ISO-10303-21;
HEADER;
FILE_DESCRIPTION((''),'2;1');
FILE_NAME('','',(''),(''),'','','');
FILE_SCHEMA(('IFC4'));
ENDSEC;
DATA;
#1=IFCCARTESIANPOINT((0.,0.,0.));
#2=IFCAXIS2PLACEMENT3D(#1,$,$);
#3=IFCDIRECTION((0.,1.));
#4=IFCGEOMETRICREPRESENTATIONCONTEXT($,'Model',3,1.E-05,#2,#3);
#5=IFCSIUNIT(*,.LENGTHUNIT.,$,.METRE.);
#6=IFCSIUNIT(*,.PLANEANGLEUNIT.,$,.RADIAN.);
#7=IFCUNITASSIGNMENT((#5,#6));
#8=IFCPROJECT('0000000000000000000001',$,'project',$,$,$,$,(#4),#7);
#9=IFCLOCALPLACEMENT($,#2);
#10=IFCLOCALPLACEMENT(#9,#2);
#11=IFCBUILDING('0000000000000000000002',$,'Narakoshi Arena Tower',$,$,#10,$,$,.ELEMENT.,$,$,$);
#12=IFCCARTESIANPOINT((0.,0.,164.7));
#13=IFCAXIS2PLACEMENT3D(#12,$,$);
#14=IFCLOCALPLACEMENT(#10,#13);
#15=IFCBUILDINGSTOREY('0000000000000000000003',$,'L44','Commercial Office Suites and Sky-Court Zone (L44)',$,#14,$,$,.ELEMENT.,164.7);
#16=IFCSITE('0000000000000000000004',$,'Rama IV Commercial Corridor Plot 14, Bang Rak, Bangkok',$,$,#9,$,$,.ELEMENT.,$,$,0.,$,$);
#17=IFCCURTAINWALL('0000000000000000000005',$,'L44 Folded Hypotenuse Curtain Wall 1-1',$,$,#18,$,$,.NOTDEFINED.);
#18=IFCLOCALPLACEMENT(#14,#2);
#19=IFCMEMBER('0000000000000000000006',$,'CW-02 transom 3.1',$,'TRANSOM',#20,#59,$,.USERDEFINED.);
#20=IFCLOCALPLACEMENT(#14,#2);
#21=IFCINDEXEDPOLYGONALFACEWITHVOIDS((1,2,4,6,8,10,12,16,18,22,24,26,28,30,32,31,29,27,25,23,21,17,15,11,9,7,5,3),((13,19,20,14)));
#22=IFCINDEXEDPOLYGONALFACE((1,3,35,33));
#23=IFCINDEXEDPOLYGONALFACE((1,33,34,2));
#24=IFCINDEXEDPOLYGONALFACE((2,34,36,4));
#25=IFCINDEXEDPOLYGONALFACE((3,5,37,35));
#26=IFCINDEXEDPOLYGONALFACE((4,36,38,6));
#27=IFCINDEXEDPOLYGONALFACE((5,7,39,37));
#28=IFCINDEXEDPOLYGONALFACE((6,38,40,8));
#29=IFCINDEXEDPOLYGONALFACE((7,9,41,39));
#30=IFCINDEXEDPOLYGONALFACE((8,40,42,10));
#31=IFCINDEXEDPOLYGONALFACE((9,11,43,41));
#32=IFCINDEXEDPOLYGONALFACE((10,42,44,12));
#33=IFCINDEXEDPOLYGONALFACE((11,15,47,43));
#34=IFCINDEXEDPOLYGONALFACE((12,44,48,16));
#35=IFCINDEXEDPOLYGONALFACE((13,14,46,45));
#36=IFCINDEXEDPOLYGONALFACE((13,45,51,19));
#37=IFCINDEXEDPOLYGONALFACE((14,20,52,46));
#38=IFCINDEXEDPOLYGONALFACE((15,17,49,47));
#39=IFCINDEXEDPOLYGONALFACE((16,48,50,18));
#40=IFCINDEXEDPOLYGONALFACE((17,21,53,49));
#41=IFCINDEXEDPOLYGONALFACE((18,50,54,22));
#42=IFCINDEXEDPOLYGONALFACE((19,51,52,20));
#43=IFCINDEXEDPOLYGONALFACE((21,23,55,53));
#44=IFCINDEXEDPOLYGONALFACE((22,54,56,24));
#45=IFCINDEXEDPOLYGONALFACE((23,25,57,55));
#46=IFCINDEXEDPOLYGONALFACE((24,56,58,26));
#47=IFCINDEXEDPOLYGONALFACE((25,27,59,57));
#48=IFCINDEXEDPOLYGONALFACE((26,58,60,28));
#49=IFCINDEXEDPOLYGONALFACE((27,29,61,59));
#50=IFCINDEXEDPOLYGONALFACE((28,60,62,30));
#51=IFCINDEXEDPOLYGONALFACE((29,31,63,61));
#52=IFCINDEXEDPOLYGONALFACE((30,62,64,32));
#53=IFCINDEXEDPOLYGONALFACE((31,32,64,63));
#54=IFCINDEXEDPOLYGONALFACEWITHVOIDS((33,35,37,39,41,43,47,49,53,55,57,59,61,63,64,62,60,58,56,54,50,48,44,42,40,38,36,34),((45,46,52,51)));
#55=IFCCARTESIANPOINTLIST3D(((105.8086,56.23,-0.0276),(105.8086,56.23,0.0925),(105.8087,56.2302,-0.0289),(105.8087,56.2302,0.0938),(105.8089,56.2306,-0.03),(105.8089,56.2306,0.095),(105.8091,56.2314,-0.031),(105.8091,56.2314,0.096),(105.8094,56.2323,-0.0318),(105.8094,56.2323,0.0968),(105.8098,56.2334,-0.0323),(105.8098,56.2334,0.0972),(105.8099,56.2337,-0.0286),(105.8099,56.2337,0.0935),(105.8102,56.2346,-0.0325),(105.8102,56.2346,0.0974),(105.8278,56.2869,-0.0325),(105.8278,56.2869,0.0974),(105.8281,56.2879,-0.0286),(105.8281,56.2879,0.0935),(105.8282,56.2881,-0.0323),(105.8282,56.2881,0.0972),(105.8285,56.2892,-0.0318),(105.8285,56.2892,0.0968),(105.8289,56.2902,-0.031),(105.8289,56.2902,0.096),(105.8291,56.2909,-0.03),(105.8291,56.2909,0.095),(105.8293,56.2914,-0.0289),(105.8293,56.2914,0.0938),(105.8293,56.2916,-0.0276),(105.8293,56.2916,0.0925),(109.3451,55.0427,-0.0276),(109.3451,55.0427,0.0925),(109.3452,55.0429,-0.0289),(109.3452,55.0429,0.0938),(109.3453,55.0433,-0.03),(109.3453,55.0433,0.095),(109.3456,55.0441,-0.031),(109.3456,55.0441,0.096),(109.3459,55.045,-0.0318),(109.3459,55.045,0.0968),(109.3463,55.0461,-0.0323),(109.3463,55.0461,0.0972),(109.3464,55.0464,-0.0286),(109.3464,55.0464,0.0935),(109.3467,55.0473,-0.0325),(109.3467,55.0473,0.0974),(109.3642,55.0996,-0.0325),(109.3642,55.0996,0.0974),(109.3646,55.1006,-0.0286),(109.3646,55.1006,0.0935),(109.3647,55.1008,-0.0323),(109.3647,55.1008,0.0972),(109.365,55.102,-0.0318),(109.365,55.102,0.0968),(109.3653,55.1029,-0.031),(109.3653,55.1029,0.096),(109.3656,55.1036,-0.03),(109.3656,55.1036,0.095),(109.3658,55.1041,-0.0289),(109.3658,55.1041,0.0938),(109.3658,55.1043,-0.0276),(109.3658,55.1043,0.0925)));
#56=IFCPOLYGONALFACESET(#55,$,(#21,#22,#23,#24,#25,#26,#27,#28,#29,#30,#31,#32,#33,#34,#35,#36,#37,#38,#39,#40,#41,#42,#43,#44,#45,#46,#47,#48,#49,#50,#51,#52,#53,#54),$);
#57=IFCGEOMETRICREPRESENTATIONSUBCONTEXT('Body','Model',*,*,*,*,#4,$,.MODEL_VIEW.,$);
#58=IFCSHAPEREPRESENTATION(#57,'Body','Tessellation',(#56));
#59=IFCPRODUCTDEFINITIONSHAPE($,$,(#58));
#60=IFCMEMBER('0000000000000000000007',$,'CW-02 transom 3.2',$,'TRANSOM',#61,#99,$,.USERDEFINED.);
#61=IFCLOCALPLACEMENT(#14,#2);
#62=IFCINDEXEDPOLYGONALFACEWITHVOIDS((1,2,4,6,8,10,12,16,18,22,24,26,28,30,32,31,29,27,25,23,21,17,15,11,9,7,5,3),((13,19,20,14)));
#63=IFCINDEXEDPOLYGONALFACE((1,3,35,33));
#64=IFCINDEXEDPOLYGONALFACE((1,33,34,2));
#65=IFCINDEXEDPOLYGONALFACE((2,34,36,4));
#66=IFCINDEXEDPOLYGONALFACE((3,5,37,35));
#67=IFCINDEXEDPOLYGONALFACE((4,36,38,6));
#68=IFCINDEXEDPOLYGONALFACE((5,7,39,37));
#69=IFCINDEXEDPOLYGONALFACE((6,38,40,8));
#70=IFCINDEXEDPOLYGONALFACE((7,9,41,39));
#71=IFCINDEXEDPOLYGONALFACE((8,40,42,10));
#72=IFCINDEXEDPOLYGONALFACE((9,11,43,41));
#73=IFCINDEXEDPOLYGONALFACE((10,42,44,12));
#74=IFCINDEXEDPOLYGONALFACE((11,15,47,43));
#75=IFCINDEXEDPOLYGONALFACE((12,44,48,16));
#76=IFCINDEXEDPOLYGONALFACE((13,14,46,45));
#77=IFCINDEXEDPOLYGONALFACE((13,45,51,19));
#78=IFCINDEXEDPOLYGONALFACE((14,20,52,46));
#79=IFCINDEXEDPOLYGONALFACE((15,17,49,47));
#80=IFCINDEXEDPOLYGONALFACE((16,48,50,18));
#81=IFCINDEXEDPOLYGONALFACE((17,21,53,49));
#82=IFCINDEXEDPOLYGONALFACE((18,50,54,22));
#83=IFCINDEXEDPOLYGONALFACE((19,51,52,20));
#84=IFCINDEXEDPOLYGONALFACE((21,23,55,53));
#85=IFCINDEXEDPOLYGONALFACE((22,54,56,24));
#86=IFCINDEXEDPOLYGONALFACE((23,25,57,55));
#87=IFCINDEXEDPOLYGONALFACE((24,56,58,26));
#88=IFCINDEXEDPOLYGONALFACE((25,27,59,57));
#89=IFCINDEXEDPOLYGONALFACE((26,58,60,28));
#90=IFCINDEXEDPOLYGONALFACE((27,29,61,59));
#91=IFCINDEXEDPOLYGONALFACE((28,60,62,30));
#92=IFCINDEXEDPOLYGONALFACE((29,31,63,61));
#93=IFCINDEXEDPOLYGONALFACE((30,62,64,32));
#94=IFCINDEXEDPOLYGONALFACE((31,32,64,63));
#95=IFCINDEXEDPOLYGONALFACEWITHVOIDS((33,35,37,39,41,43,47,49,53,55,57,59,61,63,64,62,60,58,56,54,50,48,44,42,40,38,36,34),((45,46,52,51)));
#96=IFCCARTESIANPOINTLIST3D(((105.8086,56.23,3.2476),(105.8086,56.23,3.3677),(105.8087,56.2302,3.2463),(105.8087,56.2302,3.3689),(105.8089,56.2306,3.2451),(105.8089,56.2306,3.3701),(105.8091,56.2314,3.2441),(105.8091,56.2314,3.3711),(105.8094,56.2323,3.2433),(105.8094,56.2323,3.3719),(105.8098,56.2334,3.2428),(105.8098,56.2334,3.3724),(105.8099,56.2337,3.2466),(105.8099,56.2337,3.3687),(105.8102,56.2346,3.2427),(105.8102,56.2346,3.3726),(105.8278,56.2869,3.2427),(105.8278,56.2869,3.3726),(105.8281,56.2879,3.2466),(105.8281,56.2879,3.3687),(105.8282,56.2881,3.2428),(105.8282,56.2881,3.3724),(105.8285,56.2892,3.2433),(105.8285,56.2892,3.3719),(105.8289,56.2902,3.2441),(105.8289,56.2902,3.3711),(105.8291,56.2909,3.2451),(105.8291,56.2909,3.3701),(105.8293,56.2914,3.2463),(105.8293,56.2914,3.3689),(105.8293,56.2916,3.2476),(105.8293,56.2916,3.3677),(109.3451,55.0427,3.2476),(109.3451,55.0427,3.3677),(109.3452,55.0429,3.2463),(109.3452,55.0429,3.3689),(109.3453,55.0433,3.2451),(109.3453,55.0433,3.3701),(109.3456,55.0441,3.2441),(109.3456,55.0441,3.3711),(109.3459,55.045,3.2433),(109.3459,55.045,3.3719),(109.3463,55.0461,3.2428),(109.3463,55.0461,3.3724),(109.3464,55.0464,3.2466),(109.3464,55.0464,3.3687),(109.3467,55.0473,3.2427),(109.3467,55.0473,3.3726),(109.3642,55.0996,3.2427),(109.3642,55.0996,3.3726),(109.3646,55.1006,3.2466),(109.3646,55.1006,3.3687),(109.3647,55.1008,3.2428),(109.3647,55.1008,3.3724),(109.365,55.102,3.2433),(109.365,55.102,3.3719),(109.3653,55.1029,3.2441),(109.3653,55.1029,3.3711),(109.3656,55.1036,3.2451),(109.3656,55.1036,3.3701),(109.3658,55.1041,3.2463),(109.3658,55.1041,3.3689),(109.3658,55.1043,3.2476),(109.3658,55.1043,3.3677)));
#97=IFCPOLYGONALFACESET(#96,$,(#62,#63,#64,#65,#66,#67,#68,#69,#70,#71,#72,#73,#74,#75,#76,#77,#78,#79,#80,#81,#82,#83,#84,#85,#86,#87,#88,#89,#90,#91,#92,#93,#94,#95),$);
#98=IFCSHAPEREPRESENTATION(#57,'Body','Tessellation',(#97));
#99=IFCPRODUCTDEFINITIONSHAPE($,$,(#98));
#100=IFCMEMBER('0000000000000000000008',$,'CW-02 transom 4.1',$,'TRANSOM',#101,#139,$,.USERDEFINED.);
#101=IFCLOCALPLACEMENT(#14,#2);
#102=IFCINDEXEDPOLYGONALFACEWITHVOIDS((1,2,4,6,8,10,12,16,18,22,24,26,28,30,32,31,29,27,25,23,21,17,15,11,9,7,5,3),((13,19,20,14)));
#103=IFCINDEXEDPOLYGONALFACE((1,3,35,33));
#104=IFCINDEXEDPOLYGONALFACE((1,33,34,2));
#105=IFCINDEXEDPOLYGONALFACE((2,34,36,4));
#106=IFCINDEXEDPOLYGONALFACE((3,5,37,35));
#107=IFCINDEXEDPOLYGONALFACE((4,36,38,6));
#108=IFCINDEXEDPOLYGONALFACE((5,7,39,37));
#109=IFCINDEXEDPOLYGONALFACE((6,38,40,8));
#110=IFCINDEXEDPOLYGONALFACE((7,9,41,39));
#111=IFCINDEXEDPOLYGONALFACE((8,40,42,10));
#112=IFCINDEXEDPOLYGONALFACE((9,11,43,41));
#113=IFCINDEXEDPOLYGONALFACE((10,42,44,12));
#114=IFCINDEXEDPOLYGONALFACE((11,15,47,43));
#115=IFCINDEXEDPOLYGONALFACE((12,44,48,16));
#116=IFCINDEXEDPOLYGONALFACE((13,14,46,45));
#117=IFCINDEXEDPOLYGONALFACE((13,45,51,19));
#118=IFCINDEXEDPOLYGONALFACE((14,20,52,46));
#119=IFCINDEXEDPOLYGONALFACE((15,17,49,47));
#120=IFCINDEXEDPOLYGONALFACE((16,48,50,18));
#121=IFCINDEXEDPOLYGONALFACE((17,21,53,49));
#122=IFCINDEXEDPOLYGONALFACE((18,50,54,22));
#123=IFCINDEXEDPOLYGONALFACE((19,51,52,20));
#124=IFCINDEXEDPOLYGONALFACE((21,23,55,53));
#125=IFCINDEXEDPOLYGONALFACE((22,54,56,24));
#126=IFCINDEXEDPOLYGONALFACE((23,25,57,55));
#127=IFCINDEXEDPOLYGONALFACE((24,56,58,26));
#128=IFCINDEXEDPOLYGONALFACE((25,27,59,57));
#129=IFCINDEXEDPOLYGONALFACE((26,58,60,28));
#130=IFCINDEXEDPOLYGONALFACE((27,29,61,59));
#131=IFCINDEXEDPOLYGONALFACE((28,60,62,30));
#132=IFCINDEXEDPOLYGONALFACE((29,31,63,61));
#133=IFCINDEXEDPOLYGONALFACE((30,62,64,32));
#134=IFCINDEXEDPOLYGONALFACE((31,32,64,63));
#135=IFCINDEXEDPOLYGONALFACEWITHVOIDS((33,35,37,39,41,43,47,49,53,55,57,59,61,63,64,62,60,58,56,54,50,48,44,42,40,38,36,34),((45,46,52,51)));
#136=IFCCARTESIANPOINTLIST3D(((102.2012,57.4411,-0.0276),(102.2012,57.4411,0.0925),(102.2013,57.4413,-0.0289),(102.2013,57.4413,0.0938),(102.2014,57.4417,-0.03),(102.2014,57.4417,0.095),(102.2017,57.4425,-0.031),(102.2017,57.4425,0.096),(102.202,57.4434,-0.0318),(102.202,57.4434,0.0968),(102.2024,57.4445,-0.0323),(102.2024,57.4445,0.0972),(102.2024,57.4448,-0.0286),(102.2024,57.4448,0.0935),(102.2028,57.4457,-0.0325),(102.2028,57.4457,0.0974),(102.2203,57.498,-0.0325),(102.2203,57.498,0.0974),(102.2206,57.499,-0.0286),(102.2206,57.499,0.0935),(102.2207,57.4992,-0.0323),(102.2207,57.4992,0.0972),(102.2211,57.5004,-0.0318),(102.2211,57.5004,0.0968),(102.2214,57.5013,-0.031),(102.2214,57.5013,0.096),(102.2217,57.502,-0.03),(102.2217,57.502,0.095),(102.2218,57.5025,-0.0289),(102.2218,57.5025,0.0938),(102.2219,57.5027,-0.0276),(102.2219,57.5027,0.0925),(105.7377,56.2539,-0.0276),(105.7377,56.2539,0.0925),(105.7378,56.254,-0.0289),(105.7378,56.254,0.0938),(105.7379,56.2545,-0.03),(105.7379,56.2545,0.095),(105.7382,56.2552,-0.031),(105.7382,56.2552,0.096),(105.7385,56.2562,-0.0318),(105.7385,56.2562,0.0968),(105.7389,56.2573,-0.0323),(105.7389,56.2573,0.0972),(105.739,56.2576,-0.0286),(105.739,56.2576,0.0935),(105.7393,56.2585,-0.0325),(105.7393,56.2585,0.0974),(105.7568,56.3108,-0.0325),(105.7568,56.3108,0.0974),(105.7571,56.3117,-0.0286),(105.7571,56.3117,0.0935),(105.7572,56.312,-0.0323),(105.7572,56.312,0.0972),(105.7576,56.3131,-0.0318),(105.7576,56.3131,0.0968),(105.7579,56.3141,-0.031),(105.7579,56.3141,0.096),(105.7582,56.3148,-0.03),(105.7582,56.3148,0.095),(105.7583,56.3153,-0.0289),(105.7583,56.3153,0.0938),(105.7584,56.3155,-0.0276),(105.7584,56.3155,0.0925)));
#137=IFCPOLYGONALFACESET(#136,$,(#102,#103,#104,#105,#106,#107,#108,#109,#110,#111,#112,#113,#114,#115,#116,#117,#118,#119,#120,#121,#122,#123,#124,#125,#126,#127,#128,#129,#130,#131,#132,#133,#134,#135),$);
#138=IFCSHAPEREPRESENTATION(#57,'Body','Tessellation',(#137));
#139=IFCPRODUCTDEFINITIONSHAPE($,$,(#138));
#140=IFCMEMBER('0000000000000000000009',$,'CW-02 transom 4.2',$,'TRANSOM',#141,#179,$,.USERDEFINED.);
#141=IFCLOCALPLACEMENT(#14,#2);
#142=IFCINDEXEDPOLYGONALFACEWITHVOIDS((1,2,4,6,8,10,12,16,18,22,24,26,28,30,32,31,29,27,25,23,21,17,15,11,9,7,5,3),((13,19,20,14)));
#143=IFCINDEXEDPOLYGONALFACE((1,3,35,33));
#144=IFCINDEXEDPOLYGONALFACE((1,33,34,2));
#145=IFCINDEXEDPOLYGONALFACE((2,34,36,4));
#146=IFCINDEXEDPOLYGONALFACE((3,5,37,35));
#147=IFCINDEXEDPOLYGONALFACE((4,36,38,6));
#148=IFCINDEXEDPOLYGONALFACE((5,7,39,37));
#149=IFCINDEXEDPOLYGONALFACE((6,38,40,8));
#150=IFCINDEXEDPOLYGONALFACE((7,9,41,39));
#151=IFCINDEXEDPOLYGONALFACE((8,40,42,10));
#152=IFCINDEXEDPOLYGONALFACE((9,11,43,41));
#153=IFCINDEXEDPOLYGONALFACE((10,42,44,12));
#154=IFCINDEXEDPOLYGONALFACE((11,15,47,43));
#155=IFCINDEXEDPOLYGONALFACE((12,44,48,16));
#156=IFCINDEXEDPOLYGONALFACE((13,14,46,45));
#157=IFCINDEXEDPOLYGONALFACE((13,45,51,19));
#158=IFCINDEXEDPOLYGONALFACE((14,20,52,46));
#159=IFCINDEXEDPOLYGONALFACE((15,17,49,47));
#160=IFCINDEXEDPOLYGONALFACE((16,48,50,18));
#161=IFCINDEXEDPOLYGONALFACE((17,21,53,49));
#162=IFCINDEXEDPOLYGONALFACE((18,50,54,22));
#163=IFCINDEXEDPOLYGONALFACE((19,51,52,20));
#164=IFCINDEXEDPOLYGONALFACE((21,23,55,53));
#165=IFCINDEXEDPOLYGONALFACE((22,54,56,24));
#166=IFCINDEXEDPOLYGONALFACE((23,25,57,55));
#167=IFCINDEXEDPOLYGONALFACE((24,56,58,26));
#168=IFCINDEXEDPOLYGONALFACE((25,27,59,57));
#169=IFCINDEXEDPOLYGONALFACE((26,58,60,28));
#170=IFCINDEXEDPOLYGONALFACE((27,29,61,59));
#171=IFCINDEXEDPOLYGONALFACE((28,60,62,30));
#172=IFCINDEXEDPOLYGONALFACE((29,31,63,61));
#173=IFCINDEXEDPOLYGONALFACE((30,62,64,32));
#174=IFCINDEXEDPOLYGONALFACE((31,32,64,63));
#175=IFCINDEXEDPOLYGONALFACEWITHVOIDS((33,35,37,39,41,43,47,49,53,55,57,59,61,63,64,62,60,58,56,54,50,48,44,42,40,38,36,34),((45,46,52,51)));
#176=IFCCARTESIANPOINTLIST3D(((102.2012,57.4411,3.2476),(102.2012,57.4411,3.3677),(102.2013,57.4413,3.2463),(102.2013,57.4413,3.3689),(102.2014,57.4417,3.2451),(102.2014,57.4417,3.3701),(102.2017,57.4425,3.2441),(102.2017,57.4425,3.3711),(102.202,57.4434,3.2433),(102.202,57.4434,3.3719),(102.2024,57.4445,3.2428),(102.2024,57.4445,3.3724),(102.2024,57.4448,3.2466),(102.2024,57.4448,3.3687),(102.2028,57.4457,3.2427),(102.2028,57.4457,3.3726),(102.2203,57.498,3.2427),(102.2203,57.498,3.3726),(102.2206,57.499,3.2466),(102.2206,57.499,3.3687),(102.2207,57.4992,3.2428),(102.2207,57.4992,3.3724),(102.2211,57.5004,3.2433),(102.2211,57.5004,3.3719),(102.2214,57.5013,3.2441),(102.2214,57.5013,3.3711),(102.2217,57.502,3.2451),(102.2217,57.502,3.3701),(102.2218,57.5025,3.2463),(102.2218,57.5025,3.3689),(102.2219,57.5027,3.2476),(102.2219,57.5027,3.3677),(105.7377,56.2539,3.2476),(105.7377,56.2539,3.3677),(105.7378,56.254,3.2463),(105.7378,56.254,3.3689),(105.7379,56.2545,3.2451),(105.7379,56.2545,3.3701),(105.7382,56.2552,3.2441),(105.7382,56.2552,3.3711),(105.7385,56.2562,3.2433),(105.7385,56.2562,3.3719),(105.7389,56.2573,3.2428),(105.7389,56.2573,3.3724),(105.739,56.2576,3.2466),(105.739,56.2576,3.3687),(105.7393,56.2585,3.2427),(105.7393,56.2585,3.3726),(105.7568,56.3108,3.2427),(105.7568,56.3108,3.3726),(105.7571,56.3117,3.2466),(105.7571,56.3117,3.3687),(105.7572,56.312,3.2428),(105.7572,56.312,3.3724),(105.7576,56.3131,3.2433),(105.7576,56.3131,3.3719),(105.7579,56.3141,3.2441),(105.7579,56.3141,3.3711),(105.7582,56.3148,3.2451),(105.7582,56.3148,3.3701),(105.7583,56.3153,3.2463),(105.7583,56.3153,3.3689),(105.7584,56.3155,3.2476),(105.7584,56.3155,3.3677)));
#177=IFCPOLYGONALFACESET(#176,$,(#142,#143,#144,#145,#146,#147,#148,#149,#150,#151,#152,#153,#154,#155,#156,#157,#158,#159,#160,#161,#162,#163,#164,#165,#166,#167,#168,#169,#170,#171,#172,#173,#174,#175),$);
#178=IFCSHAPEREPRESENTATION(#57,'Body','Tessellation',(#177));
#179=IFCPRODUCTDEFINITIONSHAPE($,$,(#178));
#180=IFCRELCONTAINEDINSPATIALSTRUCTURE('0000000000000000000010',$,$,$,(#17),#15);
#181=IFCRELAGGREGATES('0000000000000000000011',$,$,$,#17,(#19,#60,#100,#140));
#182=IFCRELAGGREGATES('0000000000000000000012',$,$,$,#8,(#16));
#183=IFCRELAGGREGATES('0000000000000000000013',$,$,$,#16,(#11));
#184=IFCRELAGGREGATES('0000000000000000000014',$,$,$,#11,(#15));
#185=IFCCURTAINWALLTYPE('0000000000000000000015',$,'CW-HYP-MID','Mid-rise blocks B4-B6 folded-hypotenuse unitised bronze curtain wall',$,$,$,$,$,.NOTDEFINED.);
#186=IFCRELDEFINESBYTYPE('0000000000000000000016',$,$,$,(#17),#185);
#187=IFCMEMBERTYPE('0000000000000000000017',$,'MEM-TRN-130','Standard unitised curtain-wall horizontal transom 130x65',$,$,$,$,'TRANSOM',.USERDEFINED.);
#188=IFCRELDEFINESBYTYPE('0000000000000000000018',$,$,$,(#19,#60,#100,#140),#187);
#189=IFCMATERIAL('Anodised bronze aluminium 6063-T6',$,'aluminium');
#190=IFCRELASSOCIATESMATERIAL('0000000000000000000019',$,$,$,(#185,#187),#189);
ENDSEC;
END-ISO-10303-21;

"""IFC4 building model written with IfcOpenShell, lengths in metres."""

from ifc_helpers import new_model, si_unit, direction, frame, origin, origin_2d, place, context, subcontext, project, spatial, hollow_rectangle, extrude, material, material_profile, profile_set, type_object, element, aggregate, save


model = new_model("IFC4")

# Units and contexts
model_context = context("Model", 3, precision=1e-05, world=origin(), true_north=direction((0.0, 1.0)))
body_context = subcontext(model_context, "Body", "Model", "MODEL_VIEW")
ifc_project = project(units=[si_unit("LENGTHUNIT", "METRE"), si_unit("PLANEANGLEUNIT", "RADIAN")], contexts=[model_context])

# Site, building, storey
site_placement = place(None, origin())
site = spatial("IfcSite", under=ifc_project, at=site_placement, Name="Rama IV Commercial Corridor Plot 14, Bang Rak, Bangkok", CompositionType="ELEMENT", RefElevation=0.0)
building_placement = place(site_placement, origin())
building = spatial("IfcBuilding", under=site, at=building_placement, Name="Narakoshi Arena Tower", CompositionType="ELEMENT")
storey_placement = place(building_placement, frame((0.0, 0.0, 164.7)))
storey = spatial("IfcBuildingStorey", under=building, at=storey_placement, Name="L44", Description="Commercial Office Suites and Sky-Court Zone (L44)", CompositionType="ELEMENT", Elevation=164.7)

# Curtain wall, members
ifc_material_1 = material(Name="Anodised bronze aluminium 6063-T6", Category="aluminium")
curtain_wall_type = type_object("IfcCurtainWallType", Name="CW-HYP-MID", Description="Mid-rise blocks B4-B6 folded-hypotenuse unitised bronze curtain wall", PredefinedType="NOTDEFINED", material=ifc_material_1)
curtain_wall_placement = place(storey_placement, origin())
curtain_wall = element("IfcCurtainWall", 1, at=curtain_wall_placement, inside=storey, type_object=curtain_wall_type, Name="L44 Folded Hypotenuse Curtain Wall 1-1", PredefinedType="NOTDEFINED")
ifc_material_profile_1 = material_profile(ifc_material_1, hollow_rectangle(XDim=0.0649, YDim=0.1299, WallThickness=0.0039, OuterFilletRadius=0.0049, at=origin_2d()), Name="TRN130x65x4")
ifc_profile_set_1 = profile_set([ifc_material_profile_1], Name="Anodised bronze aluminium 6063-T6")
member_type_1 = type_object("IfcMemberType", Name="MEM-TRN-130", Description="Standard unitised curtain-wall horizontal transom 130x65", ElementType="TRANSOM", PredefinedType="USERDEFINED", material=ifc_profile_set_1)
member_1_placement = place(storey_placement, frame((109.3555, 55.0735, 0.0325), z_axis=(-0.948, 0.318269, 0.0), x_axis=(-0.318269, -0.948, 0.0)))
member_1 = element("IfcMember", 2, at=member_1_placement, type_object=member_type_1, Name="CW-02 transom 3.1", ObjectType="TRANSOM", PredefinedType="USERDEFINED", context=body_context, shape_type="SweptSolid", body=[
    extrude(hollow_rectangle(XDim=0.0649, YDim=0.1299, WallThickness=0.0039, OuterFilletRadius=0.0049, at=origin_2d()), origin(), (0.0, 0.0, 1.0), 3.7305),
])
member_2_placement = place(storey_placement, frame((109.3555, 55.0735, 3.3076), z_axis=(-0.948, 0.318269, 0.0), x_axis=(-0.318269, -0.948, 0.0)))
member_2 = element("IfcMember", 3, at=member_2_placement, type_object=member_type_1, Name="CW-02 transom 3.2", ObjectType="TRANSOM", PredefinedType="USERDEFINED", context=body_context, shape_type="SweptSolid", body=[
    extrude(hollow_rectangle(XDim=0.0649, YDim=0.1299, WallThickness=0.0039, OuterFilletRadius=0.0049, at=origin_2d()), origin(), (0.0, 0.0, 1.0), 3.7305),
])
member_3_placement = place(storey_placement, frame((105.748, 56.2847, 0.0325), z_axis=(-0.948007, 0.318249, 0.0), x_axis=(-0.318249, -0.948007, 0.0)))
member_3 = element("IfcMember", 4, at=member_3_placement, type_object=member_type_1, Name="CW-02 transom 4.1", ObjectType="TRANSOM", PredefinedType="USERDEFINED", context=body_context, shape_type="SweptSolid", body=[
    extrude(hollow_rectangle(XDim=0.0649, YDim=0.1299, WallThickness=0.0039, OuterFilletRadius=0.0049, at=origin_2d()), origin(), (0.0, 0.0, 1.0), 3.7305),
])
member_4_placement = place(storey_placement, frame((105.748, 56.2847, 3.3076), z_axis=(-0.948007, 0.318249, 0.0), x_axis=(-0.318249, -0.948007, 0.0)))
member_4 = element("IfcMember", 5, at=member_4_placement, type_object=member_type_1, Name="CW-02 transom 4.2", ObjectType="TRANSOM", PredefinedType="USERDEFINED", context=body_context, shape_type="SweptSolid", body=[
    extrude(hollow_rectangle(XDim=0.0649, YDim=0.1299, WallThickness=0.0039, OuterFilletRadius=0.0049, at=origin_2d()), origin(), (0.0, 0.0, 1.0), 3.7305),
])
aggregate(curtain_wall, [member_1, member_2, member_3, member_4])

save(model, "model.ifc")
